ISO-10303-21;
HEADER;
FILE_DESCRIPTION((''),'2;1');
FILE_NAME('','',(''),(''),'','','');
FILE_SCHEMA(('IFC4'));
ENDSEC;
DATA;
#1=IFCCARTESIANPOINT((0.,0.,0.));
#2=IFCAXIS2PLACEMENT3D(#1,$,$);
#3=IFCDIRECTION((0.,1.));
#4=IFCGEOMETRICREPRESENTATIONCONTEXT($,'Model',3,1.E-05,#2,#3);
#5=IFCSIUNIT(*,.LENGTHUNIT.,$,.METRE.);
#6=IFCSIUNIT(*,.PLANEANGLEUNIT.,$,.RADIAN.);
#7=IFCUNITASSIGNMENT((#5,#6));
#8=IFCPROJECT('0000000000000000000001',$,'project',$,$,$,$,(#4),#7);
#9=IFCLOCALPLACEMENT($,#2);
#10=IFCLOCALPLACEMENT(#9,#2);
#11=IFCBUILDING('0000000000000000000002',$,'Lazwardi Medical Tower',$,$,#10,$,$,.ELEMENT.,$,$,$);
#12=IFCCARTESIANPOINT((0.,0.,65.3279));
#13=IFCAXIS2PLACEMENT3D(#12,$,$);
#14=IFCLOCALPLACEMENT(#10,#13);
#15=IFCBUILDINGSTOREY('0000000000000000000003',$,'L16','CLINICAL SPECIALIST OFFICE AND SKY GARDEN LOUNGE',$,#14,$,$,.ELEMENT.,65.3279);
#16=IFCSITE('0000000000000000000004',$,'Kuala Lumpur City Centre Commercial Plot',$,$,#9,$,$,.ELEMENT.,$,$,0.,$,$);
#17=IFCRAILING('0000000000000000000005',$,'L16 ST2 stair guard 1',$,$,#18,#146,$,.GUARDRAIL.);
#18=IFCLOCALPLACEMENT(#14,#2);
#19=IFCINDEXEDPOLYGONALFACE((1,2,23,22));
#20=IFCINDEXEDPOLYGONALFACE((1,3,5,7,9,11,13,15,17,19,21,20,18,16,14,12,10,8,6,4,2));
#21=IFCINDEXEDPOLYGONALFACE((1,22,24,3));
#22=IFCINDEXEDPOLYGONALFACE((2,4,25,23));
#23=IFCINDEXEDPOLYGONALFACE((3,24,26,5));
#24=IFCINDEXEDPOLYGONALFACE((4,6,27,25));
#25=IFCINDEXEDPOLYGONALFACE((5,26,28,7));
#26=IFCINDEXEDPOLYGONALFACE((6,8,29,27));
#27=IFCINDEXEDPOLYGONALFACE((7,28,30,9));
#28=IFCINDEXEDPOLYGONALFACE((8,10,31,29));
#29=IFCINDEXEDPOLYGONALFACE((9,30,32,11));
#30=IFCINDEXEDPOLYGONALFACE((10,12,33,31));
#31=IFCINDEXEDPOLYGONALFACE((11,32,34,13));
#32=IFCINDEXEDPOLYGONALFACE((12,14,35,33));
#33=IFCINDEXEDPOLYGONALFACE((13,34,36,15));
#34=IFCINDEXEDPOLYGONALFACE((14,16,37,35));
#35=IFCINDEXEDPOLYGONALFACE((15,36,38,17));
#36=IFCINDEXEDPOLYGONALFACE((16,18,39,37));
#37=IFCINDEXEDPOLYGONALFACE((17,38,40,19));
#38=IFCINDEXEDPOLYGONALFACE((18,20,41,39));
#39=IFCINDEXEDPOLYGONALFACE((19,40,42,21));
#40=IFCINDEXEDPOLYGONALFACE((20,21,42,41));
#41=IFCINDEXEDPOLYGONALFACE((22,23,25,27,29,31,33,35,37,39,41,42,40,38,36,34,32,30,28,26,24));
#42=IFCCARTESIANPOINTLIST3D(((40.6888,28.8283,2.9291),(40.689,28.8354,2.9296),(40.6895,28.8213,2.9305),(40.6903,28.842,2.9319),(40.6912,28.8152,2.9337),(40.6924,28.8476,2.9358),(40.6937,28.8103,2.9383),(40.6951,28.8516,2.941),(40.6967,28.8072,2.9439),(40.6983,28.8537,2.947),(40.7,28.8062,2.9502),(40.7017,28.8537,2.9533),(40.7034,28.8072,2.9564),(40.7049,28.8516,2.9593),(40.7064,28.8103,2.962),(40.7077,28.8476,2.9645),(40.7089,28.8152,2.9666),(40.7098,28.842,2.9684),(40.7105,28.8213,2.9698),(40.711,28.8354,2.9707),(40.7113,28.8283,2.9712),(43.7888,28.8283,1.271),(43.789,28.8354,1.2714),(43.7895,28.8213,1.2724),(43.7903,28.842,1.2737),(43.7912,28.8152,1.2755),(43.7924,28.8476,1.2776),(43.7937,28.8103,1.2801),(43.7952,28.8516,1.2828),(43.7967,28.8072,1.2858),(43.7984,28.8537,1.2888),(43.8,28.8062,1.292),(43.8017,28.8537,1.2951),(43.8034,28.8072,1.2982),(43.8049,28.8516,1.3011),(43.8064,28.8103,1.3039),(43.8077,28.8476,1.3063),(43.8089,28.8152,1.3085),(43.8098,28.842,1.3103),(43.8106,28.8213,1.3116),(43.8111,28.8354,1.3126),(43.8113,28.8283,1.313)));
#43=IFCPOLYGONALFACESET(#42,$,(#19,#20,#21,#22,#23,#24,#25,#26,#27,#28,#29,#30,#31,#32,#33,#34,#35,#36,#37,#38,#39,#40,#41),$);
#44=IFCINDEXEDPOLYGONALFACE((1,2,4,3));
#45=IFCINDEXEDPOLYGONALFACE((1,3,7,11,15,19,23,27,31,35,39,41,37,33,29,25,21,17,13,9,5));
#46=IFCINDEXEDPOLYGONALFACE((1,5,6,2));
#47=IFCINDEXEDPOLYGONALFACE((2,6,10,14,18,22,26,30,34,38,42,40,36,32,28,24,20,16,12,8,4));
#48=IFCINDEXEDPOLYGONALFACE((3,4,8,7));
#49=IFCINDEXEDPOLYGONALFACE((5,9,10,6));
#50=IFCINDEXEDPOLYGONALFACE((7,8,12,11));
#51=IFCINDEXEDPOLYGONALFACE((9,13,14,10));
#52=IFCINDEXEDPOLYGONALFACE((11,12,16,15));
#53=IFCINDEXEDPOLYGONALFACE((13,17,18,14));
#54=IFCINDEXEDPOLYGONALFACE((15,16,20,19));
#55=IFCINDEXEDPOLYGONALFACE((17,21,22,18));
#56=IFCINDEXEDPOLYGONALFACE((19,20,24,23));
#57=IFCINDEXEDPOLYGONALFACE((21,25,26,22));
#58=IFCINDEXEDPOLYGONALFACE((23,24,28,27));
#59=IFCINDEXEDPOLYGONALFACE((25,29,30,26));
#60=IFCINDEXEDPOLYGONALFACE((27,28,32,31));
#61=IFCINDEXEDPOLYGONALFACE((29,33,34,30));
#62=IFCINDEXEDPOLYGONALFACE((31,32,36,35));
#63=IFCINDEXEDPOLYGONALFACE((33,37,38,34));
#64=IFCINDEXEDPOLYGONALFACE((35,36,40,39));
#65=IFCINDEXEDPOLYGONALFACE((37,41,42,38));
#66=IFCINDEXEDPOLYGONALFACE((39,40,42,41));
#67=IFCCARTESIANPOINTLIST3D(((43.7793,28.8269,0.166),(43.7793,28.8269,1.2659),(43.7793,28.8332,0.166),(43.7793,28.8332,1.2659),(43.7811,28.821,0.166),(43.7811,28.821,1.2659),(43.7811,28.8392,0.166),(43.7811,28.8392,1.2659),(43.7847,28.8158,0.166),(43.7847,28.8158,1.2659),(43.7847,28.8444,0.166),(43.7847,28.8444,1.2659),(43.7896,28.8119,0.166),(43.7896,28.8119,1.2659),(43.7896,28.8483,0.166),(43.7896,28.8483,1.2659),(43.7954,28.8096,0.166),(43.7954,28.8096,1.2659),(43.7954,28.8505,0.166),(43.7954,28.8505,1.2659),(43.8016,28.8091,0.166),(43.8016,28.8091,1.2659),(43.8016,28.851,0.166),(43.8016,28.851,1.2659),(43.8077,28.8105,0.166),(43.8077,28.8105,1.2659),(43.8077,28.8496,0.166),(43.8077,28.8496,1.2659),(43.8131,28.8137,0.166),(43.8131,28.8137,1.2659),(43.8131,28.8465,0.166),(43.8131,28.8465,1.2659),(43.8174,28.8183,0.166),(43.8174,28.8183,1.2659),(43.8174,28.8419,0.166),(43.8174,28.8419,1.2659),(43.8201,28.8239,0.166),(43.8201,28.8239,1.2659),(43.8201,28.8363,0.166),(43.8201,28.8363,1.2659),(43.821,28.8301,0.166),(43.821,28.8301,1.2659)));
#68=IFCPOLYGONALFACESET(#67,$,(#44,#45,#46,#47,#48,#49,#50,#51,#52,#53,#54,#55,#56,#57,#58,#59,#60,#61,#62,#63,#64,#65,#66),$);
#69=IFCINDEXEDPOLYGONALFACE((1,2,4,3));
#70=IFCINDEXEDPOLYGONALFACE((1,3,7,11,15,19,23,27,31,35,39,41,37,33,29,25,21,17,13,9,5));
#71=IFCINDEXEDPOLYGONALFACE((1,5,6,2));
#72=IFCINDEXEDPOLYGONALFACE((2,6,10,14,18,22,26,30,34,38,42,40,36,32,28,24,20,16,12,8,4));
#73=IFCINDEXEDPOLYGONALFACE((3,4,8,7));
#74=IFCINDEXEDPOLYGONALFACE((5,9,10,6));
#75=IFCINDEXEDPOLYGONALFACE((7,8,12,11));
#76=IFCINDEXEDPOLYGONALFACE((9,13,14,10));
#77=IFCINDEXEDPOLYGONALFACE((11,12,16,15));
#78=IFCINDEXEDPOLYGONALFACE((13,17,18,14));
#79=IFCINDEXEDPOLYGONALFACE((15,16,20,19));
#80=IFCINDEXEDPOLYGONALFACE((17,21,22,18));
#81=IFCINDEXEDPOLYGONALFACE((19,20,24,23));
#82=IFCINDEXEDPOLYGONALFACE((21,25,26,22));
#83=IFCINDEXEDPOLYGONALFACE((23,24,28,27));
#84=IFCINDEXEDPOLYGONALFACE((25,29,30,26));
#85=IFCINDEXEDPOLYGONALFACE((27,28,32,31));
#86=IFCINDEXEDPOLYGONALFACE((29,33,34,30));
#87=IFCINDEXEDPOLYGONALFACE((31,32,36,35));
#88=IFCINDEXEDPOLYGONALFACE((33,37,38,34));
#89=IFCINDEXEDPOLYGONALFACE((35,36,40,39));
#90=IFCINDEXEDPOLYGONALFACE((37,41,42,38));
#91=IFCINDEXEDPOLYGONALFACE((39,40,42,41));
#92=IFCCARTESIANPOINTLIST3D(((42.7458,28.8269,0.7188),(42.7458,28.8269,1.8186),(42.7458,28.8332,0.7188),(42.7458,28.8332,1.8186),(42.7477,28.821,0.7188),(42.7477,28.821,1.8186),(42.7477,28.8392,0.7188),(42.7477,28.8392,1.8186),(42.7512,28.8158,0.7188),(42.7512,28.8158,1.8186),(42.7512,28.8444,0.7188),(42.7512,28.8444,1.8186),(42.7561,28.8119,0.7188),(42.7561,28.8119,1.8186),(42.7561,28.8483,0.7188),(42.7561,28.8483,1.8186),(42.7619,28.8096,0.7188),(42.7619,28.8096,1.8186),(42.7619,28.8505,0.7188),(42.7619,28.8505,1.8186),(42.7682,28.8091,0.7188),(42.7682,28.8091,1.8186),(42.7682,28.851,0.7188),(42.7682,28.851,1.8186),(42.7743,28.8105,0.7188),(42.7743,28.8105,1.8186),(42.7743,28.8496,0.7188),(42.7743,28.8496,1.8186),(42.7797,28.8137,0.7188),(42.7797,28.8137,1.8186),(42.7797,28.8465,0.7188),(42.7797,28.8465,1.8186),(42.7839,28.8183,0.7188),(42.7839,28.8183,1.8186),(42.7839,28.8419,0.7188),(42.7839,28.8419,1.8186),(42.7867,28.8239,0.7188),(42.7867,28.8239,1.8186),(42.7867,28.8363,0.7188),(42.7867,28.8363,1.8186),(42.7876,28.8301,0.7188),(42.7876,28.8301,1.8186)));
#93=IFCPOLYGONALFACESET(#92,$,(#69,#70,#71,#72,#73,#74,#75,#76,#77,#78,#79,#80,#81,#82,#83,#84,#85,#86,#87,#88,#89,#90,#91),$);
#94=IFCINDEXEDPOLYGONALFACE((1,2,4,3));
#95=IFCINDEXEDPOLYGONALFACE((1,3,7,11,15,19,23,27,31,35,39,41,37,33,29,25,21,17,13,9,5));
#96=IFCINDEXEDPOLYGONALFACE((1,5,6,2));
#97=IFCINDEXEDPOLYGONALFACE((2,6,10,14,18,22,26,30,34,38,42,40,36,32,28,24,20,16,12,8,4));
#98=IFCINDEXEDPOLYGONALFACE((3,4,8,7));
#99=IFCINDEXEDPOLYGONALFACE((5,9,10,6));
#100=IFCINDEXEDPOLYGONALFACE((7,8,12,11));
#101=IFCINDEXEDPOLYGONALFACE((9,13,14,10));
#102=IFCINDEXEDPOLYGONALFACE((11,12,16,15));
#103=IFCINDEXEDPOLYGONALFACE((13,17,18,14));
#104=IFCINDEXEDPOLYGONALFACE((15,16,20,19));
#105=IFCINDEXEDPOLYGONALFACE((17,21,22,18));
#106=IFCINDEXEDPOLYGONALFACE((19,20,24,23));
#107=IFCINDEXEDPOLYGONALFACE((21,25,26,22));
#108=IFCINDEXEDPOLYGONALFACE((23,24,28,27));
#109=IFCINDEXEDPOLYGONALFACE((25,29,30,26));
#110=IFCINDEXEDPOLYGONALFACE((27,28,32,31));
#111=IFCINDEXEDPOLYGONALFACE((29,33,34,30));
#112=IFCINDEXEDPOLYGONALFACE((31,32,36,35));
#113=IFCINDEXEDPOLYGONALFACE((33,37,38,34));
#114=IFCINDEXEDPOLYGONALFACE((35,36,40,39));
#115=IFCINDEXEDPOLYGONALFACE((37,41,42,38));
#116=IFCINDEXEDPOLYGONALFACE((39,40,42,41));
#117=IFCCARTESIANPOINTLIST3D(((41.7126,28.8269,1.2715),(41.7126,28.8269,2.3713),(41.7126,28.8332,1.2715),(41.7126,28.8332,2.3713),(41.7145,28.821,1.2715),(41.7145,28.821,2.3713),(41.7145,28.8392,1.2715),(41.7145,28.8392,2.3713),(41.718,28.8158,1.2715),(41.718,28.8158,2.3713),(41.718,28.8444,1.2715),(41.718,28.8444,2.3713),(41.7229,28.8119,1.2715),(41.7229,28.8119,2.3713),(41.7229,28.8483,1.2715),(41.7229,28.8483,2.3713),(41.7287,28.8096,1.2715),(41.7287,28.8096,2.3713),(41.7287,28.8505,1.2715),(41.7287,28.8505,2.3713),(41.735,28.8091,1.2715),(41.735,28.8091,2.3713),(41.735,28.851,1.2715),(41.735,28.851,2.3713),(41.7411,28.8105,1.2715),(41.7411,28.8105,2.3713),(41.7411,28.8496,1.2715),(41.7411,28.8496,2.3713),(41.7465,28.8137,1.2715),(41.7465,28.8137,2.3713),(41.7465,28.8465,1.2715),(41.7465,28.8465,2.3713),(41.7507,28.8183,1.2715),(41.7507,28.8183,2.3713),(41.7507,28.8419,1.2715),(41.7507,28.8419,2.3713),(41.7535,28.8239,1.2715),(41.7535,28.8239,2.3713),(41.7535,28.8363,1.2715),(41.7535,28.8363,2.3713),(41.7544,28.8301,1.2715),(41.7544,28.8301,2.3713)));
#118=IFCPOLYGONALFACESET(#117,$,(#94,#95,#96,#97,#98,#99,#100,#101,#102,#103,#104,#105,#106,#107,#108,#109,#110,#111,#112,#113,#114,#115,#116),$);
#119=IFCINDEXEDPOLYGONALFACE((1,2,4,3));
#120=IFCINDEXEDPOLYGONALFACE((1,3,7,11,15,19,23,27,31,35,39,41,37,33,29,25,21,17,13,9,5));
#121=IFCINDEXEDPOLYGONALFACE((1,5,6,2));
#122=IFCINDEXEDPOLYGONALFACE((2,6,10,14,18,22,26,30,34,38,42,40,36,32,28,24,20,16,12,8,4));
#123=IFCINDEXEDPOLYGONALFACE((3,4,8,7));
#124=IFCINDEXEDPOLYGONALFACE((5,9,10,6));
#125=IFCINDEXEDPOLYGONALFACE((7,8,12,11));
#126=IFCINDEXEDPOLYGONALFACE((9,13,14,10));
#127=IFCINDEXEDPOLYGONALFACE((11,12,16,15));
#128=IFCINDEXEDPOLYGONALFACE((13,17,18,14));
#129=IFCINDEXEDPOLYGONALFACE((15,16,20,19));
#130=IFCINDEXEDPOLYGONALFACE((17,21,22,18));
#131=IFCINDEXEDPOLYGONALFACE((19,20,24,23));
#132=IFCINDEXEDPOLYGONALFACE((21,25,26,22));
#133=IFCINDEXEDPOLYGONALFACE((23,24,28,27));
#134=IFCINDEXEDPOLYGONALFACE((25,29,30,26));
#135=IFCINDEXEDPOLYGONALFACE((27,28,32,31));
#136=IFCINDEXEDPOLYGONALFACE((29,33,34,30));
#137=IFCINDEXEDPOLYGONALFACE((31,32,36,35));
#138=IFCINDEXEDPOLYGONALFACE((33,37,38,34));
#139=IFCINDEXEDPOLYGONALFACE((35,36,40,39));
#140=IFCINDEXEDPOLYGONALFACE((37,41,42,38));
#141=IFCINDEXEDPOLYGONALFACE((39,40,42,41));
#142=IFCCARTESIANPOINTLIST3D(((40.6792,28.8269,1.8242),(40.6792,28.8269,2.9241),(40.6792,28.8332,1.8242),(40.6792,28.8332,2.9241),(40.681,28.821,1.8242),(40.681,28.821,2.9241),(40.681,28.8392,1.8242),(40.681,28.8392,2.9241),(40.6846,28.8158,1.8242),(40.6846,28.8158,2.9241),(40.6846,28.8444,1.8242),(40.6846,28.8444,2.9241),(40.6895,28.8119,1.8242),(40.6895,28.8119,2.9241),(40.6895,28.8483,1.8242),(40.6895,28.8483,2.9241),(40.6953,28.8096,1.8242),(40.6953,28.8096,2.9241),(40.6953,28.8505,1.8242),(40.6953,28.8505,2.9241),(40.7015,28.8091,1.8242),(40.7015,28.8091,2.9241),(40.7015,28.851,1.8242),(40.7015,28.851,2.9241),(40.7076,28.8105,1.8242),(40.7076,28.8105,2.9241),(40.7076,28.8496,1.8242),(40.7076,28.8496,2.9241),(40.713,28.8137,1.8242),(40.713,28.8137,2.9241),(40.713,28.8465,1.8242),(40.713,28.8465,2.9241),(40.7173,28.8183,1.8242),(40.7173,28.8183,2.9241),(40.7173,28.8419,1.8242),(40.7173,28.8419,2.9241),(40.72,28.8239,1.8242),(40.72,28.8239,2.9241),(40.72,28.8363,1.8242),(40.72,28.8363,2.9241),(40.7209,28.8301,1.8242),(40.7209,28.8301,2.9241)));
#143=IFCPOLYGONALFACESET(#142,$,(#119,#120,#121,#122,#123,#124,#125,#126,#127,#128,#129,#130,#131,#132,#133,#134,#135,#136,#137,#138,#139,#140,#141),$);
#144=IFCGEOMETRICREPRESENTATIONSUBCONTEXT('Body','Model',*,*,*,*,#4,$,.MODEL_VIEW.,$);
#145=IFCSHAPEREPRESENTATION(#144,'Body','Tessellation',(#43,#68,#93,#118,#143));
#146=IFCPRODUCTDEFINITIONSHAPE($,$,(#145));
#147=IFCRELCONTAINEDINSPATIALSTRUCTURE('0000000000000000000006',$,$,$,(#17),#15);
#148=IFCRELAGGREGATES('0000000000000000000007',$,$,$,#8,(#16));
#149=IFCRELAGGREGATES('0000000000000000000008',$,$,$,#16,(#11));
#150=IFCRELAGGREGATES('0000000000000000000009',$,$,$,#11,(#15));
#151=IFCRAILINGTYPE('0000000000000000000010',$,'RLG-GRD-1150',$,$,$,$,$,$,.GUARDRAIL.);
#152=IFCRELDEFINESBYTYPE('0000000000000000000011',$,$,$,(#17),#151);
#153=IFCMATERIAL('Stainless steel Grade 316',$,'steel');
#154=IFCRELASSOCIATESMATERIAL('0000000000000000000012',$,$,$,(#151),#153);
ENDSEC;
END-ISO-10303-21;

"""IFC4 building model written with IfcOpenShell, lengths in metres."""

from ifc_helpers import new_model, si_unit, direction, frame, origin, origin_2d, place, context, subcontext, project, spatial, circle, extrude, material, type_object, element, save


model = new_model("IFC4")

# Units and contexts
model_context = context("Model", 3, precision=1e-05, world=origin(), true_north=direction((0.0, 1.0)))
body_context = subcontext(model_context, "Body", "Model", "MODEL_VIEW")
ifc_project = project(units=[si_unit("LENGTHUNIT", "METRE"), si_unit("PLANEANGLEUNIT", "RADIAN")], contexts=[model_context])

# Site, building, storey
site_placement = place(None, origin())
site = spatial("IfcSite", under=ifc_project, at=site_placement, Name="Kuala Lumpur City Centre Commercial Plot", CompositionType="ELEMENT", RefElevation=0.0)
building_placement = place(site_placement, origin())
building = spatial("IfcBuilding", under=site, at=building_placement, Name="Lazwardi Medical Tower", CompositionType="ELEMENT")
storey_placement = place(building_placement, frame((0.0, 0.0, 65.3279)))
storey = spatial("IfcBuildingStorey", under=building, at=storey_placement, Name="L16", Description="CLINICAL SPECIALIST OFFICE AND SKY GARDEN LOUNGE", CompositionType="ELEMENT", Elevation=65.3279)

# Railing
ifc_material_1 = material(Name="Stainless steel Grade 316", Category="steel")
railing_type_1 = type_object("IfcRailingType", Name="RLG-GRD-1150", PredefinedType="GUARDRAIL", material=ifc_material_1)
railing_1_placement = place(storey_placement, frame((43.8, 28.8301, 0.166)))
element("IfcRailing", 1, at=railing_1_placement, inside=storey, type_object=railing_type_1, Name="L16 ST2 stair guard 1", PredefinedType="GUARDRAIL", context=body_context, shape_type="SweptSolid", body=[
    extrude(circle(Radius=0.0239, at=origin_2d()), frame((0.0, 0.0, 1.126), z_axis=(-0.881783, 0.0, 0.471655), x_axis=(0.0, -1.0, 0.0)), (0.0, 0.0, 1.0), 3.5156),
    extrude(circle(Radius=0.021, at=origin_2d()), origin(), (0.0, 0.0, 1.0), 1.0999),
    extrude(circle(Radius=0.021, at=origin_2d()), frame((-1.0334, 0.0, 0.5527)), (0.0, 0.0, 1.0), 1.0999),
    extrude(circle(Radius=0.021, at=origin_2d()), frame((-2.0667, 0.0, 1.1055)), (0.0, 0.0, 1.0), 1.0999),
    extrude(circle(Radius=0.021, at=origin_2d()), frame((-3.1001, 0.0, 1.6582)), (0.0, 0.0, 1.0), 1.0999),
])

save(model, "model.ifc")
